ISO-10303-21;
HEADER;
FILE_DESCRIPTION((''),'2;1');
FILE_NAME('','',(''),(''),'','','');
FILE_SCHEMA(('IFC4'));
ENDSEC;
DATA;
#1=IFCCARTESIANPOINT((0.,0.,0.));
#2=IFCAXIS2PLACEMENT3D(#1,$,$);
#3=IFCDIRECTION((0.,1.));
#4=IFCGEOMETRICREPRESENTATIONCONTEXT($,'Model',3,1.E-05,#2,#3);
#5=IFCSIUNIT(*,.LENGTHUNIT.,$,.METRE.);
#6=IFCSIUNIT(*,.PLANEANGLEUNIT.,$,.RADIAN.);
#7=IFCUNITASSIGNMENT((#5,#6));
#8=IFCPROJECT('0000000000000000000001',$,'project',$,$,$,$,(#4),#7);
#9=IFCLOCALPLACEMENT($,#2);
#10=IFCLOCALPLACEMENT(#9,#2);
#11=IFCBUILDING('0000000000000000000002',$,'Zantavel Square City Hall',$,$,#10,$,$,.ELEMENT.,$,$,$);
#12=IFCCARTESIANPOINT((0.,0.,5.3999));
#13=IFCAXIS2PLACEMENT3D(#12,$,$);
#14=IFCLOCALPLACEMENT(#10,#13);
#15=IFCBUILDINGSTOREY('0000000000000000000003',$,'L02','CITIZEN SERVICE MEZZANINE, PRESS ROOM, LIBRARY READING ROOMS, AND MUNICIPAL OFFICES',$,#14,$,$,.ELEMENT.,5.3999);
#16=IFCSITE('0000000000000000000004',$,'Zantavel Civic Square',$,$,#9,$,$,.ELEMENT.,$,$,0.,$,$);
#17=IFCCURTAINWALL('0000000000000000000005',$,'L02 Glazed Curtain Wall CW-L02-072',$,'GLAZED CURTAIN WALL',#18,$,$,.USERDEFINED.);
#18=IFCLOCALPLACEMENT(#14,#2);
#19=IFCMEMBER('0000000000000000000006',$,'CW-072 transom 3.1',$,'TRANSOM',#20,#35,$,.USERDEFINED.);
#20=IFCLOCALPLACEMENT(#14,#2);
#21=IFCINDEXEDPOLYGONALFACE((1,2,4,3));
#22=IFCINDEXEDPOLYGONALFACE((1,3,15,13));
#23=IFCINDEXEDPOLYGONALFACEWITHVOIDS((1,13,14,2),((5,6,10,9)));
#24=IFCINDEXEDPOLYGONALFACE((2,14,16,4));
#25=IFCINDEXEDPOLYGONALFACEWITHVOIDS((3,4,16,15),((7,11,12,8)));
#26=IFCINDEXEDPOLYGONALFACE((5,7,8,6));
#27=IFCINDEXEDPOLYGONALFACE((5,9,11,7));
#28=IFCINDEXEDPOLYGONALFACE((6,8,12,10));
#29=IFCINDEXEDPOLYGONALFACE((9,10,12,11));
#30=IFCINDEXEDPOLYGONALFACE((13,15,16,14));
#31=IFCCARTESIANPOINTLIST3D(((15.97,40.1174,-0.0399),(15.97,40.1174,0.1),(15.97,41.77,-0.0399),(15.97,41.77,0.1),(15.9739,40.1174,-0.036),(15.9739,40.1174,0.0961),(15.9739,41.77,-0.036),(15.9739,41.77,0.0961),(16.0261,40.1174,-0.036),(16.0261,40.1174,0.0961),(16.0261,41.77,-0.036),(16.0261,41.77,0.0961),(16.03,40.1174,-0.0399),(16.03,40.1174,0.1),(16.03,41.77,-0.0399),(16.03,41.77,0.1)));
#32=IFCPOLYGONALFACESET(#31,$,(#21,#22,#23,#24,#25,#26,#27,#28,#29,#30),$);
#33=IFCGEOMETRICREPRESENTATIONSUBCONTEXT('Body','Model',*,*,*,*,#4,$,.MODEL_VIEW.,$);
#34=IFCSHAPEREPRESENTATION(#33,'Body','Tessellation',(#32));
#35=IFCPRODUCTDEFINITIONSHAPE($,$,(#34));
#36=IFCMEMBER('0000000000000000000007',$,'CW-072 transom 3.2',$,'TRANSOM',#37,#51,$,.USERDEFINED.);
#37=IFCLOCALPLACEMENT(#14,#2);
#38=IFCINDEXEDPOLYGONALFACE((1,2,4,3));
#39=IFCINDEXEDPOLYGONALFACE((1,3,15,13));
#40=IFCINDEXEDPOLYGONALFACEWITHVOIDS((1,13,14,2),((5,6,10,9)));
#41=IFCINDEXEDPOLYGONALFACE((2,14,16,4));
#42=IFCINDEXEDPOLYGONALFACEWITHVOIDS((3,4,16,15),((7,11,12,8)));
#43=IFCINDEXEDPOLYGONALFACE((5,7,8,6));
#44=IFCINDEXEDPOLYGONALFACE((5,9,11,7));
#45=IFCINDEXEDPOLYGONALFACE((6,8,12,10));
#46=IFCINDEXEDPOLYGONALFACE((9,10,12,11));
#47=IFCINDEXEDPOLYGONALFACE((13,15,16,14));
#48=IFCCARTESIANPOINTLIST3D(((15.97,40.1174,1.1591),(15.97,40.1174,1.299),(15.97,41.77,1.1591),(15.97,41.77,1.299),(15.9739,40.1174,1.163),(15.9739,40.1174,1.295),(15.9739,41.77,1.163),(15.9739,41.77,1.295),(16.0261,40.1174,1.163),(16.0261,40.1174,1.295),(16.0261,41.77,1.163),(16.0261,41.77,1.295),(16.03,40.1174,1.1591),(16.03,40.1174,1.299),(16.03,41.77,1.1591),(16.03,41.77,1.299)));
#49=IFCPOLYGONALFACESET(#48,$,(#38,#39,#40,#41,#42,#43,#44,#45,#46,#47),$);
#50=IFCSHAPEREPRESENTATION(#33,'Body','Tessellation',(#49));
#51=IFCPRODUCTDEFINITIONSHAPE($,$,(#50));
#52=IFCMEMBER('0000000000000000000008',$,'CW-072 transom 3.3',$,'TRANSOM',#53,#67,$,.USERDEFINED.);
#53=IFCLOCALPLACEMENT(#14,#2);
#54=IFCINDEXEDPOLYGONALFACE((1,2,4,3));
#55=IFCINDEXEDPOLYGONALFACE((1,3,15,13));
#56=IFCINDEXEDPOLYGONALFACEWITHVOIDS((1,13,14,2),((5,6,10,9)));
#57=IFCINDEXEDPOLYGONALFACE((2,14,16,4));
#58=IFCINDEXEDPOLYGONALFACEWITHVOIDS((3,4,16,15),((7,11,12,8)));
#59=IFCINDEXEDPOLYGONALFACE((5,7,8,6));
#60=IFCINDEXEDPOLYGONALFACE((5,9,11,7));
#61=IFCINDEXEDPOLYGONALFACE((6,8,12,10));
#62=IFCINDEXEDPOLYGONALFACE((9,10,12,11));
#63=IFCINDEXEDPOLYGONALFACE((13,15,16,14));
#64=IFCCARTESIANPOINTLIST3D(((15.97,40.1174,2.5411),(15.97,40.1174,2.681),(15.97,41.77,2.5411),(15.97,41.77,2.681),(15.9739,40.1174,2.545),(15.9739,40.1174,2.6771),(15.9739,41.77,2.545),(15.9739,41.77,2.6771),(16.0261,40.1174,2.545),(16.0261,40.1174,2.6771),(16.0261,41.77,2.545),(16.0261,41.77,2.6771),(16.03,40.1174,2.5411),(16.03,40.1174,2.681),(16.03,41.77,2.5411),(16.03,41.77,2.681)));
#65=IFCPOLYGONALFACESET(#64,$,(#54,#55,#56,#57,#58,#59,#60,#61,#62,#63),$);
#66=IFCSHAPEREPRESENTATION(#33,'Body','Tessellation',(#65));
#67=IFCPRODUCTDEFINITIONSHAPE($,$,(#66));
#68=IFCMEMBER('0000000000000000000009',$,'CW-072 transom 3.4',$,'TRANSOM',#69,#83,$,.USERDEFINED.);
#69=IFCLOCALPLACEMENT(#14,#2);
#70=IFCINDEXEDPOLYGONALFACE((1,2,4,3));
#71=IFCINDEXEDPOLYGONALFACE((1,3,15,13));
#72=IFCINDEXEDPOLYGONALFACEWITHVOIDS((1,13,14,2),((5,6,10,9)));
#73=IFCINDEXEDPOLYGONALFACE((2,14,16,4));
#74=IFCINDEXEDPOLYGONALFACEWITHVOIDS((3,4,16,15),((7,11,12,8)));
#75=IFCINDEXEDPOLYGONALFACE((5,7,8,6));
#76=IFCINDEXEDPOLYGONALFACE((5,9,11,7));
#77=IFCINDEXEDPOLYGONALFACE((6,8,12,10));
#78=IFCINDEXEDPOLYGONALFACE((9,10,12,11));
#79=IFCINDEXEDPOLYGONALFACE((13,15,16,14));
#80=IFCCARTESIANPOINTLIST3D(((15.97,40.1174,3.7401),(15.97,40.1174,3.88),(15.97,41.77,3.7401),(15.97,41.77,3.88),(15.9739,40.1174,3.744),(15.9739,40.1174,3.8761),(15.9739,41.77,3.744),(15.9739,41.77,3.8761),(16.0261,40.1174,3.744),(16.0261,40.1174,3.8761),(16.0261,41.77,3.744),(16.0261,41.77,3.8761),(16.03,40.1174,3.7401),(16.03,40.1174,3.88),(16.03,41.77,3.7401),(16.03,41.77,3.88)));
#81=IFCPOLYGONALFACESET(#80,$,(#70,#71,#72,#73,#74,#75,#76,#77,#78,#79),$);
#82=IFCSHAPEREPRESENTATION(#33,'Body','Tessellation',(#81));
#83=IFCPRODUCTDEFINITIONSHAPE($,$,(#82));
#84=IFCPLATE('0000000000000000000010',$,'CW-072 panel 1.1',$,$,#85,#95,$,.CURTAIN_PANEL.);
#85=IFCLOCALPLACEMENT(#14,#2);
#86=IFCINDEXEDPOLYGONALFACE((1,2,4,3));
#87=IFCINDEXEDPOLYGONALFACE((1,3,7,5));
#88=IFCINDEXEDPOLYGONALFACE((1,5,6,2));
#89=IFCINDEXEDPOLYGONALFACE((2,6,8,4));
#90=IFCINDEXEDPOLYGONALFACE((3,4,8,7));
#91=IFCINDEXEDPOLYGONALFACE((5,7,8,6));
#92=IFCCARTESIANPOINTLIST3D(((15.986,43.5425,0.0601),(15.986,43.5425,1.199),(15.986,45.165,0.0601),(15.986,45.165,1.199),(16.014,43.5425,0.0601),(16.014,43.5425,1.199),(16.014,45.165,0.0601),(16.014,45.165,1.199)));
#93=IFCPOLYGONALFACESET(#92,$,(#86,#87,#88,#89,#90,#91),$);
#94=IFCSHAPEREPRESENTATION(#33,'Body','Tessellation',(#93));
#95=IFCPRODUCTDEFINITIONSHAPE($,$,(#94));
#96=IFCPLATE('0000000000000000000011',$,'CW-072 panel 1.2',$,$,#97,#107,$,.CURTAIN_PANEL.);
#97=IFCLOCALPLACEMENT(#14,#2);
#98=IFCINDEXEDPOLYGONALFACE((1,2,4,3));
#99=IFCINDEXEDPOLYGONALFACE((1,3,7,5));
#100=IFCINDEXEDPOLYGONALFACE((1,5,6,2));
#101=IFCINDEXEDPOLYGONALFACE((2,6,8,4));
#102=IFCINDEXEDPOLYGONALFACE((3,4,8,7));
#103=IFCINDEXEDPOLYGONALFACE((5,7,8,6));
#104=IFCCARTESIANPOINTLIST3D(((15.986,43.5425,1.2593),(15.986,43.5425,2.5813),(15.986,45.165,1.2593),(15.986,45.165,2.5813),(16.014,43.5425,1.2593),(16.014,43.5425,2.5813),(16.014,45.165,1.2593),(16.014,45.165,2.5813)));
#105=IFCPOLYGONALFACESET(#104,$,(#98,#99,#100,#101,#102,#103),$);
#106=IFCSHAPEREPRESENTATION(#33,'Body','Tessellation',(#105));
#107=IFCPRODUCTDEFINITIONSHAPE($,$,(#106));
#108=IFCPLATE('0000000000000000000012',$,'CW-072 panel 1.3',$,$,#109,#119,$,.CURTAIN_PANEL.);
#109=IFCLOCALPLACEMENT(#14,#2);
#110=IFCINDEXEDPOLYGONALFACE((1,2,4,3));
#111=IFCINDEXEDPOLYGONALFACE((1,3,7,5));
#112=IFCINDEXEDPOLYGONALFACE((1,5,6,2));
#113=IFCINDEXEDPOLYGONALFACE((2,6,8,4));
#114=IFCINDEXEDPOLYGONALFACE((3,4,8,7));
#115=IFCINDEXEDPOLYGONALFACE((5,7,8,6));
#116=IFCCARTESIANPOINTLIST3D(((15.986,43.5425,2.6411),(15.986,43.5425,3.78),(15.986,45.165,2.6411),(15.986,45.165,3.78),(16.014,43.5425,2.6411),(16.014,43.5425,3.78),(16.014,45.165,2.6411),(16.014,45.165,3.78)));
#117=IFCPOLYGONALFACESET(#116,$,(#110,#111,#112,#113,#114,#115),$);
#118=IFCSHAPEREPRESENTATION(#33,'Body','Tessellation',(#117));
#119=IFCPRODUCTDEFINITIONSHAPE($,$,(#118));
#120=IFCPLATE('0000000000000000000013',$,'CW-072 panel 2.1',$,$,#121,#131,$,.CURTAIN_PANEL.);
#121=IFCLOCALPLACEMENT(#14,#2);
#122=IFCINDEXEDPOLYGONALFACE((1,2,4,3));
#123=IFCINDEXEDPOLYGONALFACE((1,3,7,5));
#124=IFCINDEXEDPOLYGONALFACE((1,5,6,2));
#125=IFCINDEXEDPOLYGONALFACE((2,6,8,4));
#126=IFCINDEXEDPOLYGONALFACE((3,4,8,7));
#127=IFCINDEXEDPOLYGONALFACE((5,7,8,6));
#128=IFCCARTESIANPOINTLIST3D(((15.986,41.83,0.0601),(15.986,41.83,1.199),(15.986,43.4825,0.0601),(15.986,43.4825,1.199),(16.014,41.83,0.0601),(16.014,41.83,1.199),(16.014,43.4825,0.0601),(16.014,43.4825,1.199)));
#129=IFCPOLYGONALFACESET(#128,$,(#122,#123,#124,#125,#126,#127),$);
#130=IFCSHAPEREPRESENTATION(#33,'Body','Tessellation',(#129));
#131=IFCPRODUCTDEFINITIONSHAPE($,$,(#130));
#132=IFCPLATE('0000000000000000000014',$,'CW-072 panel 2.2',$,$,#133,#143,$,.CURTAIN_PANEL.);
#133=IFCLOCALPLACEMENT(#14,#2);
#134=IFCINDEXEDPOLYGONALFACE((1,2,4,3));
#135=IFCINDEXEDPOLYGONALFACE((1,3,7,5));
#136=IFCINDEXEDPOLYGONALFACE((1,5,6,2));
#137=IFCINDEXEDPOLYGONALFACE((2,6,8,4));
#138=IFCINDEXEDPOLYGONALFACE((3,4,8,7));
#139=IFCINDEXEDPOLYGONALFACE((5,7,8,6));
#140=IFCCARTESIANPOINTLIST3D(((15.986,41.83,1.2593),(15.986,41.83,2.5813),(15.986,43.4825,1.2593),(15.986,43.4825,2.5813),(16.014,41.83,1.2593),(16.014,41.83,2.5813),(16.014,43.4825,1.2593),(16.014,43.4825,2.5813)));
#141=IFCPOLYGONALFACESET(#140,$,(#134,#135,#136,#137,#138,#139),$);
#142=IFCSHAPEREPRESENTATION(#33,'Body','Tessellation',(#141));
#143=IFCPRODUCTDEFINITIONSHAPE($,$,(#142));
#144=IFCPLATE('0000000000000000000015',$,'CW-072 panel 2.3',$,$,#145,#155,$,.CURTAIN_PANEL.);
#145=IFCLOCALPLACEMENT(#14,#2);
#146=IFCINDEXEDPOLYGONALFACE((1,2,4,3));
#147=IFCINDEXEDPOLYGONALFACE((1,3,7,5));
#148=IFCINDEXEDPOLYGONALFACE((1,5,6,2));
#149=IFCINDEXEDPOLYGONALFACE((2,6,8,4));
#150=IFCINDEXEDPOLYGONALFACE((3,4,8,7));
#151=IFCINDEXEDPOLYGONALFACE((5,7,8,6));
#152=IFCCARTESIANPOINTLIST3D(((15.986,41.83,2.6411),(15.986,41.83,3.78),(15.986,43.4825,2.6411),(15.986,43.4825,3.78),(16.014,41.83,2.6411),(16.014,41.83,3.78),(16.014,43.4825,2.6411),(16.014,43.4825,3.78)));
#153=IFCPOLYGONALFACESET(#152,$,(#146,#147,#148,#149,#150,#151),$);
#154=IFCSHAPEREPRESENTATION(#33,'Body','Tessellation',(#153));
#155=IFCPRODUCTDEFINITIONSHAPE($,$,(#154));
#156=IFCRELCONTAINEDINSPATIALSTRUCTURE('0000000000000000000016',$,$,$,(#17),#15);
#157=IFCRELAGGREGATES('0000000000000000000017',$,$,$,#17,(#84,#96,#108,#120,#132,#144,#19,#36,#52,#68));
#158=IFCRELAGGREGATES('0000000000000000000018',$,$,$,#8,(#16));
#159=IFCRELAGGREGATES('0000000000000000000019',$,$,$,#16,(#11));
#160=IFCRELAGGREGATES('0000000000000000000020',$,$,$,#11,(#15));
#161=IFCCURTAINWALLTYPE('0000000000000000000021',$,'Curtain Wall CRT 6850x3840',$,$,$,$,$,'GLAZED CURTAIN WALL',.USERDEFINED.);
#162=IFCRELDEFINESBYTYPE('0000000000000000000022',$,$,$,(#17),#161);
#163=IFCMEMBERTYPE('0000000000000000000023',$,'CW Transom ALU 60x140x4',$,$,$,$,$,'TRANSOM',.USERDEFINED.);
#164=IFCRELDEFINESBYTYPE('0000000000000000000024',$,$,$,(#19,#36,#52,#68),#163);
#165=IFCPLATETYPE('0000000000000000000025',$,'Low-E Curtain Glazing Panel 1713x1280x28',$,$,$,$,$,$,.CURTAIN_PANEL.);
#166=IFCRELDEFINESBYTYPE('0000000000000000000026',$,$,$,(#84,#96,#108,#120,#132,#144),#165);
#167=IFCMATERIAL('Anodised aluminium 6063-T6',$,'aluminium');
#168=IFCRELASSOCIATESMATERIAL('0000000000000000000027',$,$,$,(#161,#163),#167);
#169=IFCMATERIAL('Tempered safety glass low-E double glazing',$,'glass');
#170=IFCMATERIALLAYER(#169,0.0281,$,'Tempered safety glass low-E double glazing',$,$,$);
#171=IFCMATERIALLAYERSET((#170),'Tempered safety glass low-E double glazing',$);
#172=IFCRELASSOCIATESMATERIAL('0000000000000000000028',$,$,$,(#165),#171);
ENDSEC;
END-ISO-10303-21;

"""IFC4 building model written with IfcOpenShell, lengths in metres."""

from ifc_helpers import new_model, si_unit, direction, frame, origin, origin_2d, place, context, subcontext, project, spatial, rectangle, hollow_rectangle, extrude, material, layer, layer_set, material_profile, profile_set, type_object, element, aggregate, save


model = new_model("IFC4")

# Units and contexts
model_context = context("Model", 3, precision=1e-05, world=origin(), true_north=direction((0.0, 1.0)))
body_context = subcontext(model_context, "Body", "Model", "MODEL_VIEW")
ifc_project = project(units=[si_unit("LENGTHUNIT", "METRE"), si_unit("PLANEANGLEUNIT", "RADIAN")], contexts=[model_context])

# Site, building, storey
site_placement = place(None, origin())
site = spatial("IfcSite", under=ifc_project, at=site_placement, Name="Zantavel Civic Square", CompositionType="ELEMENT", RefElevation=0.0)
building_placement = place(site_placement, origin())
building = spatial("IfcBuilding", under=site, at=building_placement, Name="Zantavel Square City Hall", CompositionType="ELEMENT")
storey_placement = place(building_placement, frame((0.0, 0.0, 5.3999)))
storey = spatial("IfcBuildingStorey", under=building, at=storey_placement, Name="L02", Description="CITIZEN SERVICE MEZZANINE, PRESS ROOM, LIBRARY READING ROOMS, AND MUNICIPAL OFFICES", CompositionType="ELEMENT", Elevation=5.3999)

# Curtain wall, members, plates
ifc_material_1 = material(Name="Anodised aluminium 6063-T6", Category="aluminium")
curtain_wall_type = type_object("IfcCurtainWallType", Name="Curtain Wall CRT 6850x3840", ElementType="GLAZED CURTAIN WALL", PredefinedType="USERDEFINED", material=ifc_material_1)
curtain_wall_placement = place(storey_placement, origin())
curtain_wall = element("IfcCurtainWall", 1, at=curtain_wall_placement, inside=storey, type_object=curtain_wall_type, Name="L02 Glazed Curtain Wall CW-L02-072", ObjectType="GLAZED CURTAIN WALL", PredefinedType="USERDEFINED")
ifc_material_profile_1 = material_profile(ifc_material_1, hollow_rectangle(XDim=0.0601, YDim=0.1399, WallThickness=0.0039, at=origin_2d()), Name="ALU 60x140x4")
ifc_profile_set_1 = profile_set([ifc_material_profile_1], Name="Anodised aluminium 6063-T6")
member_type_1 = type_object("IfcMemberType", Name="CW Transom ALU 60x140x4", ElementType="TRANSOM", PredefinedType="USERDEFINED", material=ifc_profile_set_1)
member_1_placement = place(storey_placement, frame((16.0, 41.77, 0.03), z_axis=(0.0, -1.0, 0.0), x_axis=(1.0, 0.0, 0.0)))
member_1 = element("IfcMember", 2, at=member_1_placement, type_object=member_type_1, Name="CW-072 transom 3.1", ObjectType="TRANSOM", PredefinedType="USERDEFINED", context=body_context, shape_type="SweptSolid", body=[
    extrude(hollow_rectangle(XDim=0.0601, YDim=0.1399, WallThickness=0.0039, at=origin_2d()), origin(), (0.0, 0.0, 1.0), 1.6526),
])
member_2_placement = place(storey_placement, frame((16.0, 41.77, 1.229), z_axis=(0.0, -1.0, 0.0), x_axis=(1.0, 0.0, 0.0)))
member_2 = element("IfcMember", 3, at=member_2_placement, type_object=member_type_1, Name="CW-072 transom 3.2", ObjectType="TRANSOM", PredefinedType="USERDEFINED", context=body_context, shape_type="SweptSolid", body=[
    extrude(hollow_rectangle(XDim=0.0601, YDim=0.1399, WallThickness=0.0039, at=origin_2d()), origin(), (0.0, 0.0, 1.0), 1.6526),
])
member_3_placement = place(storey_placement, frame((16.0, 41.77, 2.6111), z_axis=(0.0, -1.0, 0.0), x_axis=(1.0, 0.0, 0.0)))
member_3 = element("IfcMember", 4, at=member_3_placement, type_object=member_type_1, Name="CW-072 transom 3.3", ObjectType="TRANSOM", PredefinedType="USERDEFINED", context=body_context, shape_type="SweptSolid", body=[
    extrude(hollow_rectangle(XDim=0.0601, YDim=0.1399, WallThickness=0.0039, at=origin_2d()), origin(), (0.0, 0.0, 1.0), 1.6526),
])
member_4_placement = place(storey_placement, frame((16.0, 41.77, 3.8101), z_axis=(0.0, -1.0, 0.0), x_axis=(1.0, 0.0, 0.0)))
member_4 = element("IfcMember", 5, at=member_4_placement, type_object=member_type_1, Name="CW-072 transom 3.4", ObjectType="TRANSOM", PredefinedType="USERDEFINED", context=body_context, shape_type="SweptSolid", body=[
    extrude(hollow_rectangle(XDim=0.0601, YDim=0.1399, WallThickness=0.0039, at=origin_2d()), origin(), (0.0, 0.0, 1.0), 1.6526),
])
ifc_material_2 = material(Name="Tempered safety glass low-E double glazing", Category="glass")
ifc_layer = layer(ifc_material_2, 0.0281, Name="Tempered safety glass low-E double glazing")
ifc_layer_set = layer_set([ifc_layer], Name="Tempered safety glass low-E double glazing")
plate_type = type_object("IfcPlateType", Name="Low-E Curtain Glazing Panel 1713x1280x28", PredefinedType="CURTAIN_PANEL", material=ifc_layer_set)
plate_1_placement = place(storey_placement, frame((16.0, 44.3538, 0.0601), z_axis=(0.0, 0.0, 1.0), x_axis=(0.0, -1.0, 0.0)))
plate_1 = element("IfcPlate", 6, at=plate_1_placement, type_object=plate_type, Name="CW-072 panel 1.1", PredefinedType="CURTAIN_PANEL", context=body_context, shape_type="SweptSolid", body=[
    extrude(rectangle(XDim=1.6226, YDim=0.0281, at=origin_2d()), origin(), (0.0, 0.0, 1.0), 1.1389),
])
plate_2_placement = place(storey_placement, frame((16.0, 44.3538, 1.2593), z_axis=(0.0, 0.0, 1.0), x_axis=(0.0, -1.0, 0.0)))
plate_2 = element("IfcPlate", 7, at=plate_2_placement, type_object=plate_type, Name="CW-072 panel 1.2", PredefinedType="CURTAIN_PANEL", context=body_context, shape_type="SweptSolid", body=[
    extrude(rectangle(XDim=1.6226, YDim=0.0281, at=origin_2d()), origin(), (0.0, 0.0, 1.0), 1.322),
])
plate_3_placement = place(storey_placement, frame((16.0, 44.3538, 2.6411), z_axis=(0.0, 0.0, 1.0), x_axis=(0.0, -1.0, 0.0)))
plate_3 = element("IfcPlate", 8, at=plate_3_placement, type_object=plate_type, Name="CW-072 panel 1.3", PredefinedType="CURTAIN_PANEL", context=body_context, shape_type="SweptSolid", body=[
    extrude(rectangle(XDim=1.6226, YDim=0.0281, at=origin_2d()), origin(), (0.0, 0.0, 1.0), 1.1389),
])
plate_4_placement = place(storey_placement, frame((16.0, 42.6562, 0.0601), z_axis=(0.0, 0.0, 1.0), x_axis=(0.0, -1.0, 0.0)))
plate_4 = element("IfcPlate", 9, at=plate_4_placement, type_object=plate_type, Name="CW-072 panel 2.1", PredefinedType="CURTAIN_PANEL", context=body_context, shape_type="SweptSolid", body=[
    extrude(rectangle(XDim=1.6526, YDim=0.0281, at=origin_2d()), origin(), (0.0, 0.0, 1.0), 1.1389),
])
plate_5_placement = place(storey_placement, frame((16.0, 42.6562, 1.2593), z_axis=(0.0, 0.0, 1.0), x_axis=(0.0, -1.0, 0.0)))
plate_5 = element("IfcPlate", 10, at=plate_5_placement, type_object=plate_type, Name="CW-072 panel 2.2", PredefinedType="CURTAIN_PANEL", context=body_context, shape_type="SweptSolid", body=[
    extrude(rectangle(XDim=1.6526, YDim=0.0281, at=origin_2d()), origin(), (0.0, 0.0, 1.0), 1.322),
])
plate_6_placement = place(storey_placement, frame((16.0, 42.6562, 2.6411), z_axis=(0.0, 0.0, 1.0), x_axis=(0.0, -1.0, 0.0)))
plate_6 = element("IfcPlate", 11, at=plate_6_placement, type_object=plate_type, Name="CW-072 panel 2.3", PredefinedType="CURTAIN_PANEL", context=body_context, shape_type="SweptSolid", body=[
    extrude(rectangle(XDim=1.6526, YDim=0.0281, at=origin_2d()), origin(), (0.0, 0.0, 1.0), 1.1389),
])
aggregate(curtain_wall, [plate_1, plate_2, plate_3, plate_4, plate_5, plate_6, member_1, member_2, member_3, member_4])

save(model, "model.ifc")
